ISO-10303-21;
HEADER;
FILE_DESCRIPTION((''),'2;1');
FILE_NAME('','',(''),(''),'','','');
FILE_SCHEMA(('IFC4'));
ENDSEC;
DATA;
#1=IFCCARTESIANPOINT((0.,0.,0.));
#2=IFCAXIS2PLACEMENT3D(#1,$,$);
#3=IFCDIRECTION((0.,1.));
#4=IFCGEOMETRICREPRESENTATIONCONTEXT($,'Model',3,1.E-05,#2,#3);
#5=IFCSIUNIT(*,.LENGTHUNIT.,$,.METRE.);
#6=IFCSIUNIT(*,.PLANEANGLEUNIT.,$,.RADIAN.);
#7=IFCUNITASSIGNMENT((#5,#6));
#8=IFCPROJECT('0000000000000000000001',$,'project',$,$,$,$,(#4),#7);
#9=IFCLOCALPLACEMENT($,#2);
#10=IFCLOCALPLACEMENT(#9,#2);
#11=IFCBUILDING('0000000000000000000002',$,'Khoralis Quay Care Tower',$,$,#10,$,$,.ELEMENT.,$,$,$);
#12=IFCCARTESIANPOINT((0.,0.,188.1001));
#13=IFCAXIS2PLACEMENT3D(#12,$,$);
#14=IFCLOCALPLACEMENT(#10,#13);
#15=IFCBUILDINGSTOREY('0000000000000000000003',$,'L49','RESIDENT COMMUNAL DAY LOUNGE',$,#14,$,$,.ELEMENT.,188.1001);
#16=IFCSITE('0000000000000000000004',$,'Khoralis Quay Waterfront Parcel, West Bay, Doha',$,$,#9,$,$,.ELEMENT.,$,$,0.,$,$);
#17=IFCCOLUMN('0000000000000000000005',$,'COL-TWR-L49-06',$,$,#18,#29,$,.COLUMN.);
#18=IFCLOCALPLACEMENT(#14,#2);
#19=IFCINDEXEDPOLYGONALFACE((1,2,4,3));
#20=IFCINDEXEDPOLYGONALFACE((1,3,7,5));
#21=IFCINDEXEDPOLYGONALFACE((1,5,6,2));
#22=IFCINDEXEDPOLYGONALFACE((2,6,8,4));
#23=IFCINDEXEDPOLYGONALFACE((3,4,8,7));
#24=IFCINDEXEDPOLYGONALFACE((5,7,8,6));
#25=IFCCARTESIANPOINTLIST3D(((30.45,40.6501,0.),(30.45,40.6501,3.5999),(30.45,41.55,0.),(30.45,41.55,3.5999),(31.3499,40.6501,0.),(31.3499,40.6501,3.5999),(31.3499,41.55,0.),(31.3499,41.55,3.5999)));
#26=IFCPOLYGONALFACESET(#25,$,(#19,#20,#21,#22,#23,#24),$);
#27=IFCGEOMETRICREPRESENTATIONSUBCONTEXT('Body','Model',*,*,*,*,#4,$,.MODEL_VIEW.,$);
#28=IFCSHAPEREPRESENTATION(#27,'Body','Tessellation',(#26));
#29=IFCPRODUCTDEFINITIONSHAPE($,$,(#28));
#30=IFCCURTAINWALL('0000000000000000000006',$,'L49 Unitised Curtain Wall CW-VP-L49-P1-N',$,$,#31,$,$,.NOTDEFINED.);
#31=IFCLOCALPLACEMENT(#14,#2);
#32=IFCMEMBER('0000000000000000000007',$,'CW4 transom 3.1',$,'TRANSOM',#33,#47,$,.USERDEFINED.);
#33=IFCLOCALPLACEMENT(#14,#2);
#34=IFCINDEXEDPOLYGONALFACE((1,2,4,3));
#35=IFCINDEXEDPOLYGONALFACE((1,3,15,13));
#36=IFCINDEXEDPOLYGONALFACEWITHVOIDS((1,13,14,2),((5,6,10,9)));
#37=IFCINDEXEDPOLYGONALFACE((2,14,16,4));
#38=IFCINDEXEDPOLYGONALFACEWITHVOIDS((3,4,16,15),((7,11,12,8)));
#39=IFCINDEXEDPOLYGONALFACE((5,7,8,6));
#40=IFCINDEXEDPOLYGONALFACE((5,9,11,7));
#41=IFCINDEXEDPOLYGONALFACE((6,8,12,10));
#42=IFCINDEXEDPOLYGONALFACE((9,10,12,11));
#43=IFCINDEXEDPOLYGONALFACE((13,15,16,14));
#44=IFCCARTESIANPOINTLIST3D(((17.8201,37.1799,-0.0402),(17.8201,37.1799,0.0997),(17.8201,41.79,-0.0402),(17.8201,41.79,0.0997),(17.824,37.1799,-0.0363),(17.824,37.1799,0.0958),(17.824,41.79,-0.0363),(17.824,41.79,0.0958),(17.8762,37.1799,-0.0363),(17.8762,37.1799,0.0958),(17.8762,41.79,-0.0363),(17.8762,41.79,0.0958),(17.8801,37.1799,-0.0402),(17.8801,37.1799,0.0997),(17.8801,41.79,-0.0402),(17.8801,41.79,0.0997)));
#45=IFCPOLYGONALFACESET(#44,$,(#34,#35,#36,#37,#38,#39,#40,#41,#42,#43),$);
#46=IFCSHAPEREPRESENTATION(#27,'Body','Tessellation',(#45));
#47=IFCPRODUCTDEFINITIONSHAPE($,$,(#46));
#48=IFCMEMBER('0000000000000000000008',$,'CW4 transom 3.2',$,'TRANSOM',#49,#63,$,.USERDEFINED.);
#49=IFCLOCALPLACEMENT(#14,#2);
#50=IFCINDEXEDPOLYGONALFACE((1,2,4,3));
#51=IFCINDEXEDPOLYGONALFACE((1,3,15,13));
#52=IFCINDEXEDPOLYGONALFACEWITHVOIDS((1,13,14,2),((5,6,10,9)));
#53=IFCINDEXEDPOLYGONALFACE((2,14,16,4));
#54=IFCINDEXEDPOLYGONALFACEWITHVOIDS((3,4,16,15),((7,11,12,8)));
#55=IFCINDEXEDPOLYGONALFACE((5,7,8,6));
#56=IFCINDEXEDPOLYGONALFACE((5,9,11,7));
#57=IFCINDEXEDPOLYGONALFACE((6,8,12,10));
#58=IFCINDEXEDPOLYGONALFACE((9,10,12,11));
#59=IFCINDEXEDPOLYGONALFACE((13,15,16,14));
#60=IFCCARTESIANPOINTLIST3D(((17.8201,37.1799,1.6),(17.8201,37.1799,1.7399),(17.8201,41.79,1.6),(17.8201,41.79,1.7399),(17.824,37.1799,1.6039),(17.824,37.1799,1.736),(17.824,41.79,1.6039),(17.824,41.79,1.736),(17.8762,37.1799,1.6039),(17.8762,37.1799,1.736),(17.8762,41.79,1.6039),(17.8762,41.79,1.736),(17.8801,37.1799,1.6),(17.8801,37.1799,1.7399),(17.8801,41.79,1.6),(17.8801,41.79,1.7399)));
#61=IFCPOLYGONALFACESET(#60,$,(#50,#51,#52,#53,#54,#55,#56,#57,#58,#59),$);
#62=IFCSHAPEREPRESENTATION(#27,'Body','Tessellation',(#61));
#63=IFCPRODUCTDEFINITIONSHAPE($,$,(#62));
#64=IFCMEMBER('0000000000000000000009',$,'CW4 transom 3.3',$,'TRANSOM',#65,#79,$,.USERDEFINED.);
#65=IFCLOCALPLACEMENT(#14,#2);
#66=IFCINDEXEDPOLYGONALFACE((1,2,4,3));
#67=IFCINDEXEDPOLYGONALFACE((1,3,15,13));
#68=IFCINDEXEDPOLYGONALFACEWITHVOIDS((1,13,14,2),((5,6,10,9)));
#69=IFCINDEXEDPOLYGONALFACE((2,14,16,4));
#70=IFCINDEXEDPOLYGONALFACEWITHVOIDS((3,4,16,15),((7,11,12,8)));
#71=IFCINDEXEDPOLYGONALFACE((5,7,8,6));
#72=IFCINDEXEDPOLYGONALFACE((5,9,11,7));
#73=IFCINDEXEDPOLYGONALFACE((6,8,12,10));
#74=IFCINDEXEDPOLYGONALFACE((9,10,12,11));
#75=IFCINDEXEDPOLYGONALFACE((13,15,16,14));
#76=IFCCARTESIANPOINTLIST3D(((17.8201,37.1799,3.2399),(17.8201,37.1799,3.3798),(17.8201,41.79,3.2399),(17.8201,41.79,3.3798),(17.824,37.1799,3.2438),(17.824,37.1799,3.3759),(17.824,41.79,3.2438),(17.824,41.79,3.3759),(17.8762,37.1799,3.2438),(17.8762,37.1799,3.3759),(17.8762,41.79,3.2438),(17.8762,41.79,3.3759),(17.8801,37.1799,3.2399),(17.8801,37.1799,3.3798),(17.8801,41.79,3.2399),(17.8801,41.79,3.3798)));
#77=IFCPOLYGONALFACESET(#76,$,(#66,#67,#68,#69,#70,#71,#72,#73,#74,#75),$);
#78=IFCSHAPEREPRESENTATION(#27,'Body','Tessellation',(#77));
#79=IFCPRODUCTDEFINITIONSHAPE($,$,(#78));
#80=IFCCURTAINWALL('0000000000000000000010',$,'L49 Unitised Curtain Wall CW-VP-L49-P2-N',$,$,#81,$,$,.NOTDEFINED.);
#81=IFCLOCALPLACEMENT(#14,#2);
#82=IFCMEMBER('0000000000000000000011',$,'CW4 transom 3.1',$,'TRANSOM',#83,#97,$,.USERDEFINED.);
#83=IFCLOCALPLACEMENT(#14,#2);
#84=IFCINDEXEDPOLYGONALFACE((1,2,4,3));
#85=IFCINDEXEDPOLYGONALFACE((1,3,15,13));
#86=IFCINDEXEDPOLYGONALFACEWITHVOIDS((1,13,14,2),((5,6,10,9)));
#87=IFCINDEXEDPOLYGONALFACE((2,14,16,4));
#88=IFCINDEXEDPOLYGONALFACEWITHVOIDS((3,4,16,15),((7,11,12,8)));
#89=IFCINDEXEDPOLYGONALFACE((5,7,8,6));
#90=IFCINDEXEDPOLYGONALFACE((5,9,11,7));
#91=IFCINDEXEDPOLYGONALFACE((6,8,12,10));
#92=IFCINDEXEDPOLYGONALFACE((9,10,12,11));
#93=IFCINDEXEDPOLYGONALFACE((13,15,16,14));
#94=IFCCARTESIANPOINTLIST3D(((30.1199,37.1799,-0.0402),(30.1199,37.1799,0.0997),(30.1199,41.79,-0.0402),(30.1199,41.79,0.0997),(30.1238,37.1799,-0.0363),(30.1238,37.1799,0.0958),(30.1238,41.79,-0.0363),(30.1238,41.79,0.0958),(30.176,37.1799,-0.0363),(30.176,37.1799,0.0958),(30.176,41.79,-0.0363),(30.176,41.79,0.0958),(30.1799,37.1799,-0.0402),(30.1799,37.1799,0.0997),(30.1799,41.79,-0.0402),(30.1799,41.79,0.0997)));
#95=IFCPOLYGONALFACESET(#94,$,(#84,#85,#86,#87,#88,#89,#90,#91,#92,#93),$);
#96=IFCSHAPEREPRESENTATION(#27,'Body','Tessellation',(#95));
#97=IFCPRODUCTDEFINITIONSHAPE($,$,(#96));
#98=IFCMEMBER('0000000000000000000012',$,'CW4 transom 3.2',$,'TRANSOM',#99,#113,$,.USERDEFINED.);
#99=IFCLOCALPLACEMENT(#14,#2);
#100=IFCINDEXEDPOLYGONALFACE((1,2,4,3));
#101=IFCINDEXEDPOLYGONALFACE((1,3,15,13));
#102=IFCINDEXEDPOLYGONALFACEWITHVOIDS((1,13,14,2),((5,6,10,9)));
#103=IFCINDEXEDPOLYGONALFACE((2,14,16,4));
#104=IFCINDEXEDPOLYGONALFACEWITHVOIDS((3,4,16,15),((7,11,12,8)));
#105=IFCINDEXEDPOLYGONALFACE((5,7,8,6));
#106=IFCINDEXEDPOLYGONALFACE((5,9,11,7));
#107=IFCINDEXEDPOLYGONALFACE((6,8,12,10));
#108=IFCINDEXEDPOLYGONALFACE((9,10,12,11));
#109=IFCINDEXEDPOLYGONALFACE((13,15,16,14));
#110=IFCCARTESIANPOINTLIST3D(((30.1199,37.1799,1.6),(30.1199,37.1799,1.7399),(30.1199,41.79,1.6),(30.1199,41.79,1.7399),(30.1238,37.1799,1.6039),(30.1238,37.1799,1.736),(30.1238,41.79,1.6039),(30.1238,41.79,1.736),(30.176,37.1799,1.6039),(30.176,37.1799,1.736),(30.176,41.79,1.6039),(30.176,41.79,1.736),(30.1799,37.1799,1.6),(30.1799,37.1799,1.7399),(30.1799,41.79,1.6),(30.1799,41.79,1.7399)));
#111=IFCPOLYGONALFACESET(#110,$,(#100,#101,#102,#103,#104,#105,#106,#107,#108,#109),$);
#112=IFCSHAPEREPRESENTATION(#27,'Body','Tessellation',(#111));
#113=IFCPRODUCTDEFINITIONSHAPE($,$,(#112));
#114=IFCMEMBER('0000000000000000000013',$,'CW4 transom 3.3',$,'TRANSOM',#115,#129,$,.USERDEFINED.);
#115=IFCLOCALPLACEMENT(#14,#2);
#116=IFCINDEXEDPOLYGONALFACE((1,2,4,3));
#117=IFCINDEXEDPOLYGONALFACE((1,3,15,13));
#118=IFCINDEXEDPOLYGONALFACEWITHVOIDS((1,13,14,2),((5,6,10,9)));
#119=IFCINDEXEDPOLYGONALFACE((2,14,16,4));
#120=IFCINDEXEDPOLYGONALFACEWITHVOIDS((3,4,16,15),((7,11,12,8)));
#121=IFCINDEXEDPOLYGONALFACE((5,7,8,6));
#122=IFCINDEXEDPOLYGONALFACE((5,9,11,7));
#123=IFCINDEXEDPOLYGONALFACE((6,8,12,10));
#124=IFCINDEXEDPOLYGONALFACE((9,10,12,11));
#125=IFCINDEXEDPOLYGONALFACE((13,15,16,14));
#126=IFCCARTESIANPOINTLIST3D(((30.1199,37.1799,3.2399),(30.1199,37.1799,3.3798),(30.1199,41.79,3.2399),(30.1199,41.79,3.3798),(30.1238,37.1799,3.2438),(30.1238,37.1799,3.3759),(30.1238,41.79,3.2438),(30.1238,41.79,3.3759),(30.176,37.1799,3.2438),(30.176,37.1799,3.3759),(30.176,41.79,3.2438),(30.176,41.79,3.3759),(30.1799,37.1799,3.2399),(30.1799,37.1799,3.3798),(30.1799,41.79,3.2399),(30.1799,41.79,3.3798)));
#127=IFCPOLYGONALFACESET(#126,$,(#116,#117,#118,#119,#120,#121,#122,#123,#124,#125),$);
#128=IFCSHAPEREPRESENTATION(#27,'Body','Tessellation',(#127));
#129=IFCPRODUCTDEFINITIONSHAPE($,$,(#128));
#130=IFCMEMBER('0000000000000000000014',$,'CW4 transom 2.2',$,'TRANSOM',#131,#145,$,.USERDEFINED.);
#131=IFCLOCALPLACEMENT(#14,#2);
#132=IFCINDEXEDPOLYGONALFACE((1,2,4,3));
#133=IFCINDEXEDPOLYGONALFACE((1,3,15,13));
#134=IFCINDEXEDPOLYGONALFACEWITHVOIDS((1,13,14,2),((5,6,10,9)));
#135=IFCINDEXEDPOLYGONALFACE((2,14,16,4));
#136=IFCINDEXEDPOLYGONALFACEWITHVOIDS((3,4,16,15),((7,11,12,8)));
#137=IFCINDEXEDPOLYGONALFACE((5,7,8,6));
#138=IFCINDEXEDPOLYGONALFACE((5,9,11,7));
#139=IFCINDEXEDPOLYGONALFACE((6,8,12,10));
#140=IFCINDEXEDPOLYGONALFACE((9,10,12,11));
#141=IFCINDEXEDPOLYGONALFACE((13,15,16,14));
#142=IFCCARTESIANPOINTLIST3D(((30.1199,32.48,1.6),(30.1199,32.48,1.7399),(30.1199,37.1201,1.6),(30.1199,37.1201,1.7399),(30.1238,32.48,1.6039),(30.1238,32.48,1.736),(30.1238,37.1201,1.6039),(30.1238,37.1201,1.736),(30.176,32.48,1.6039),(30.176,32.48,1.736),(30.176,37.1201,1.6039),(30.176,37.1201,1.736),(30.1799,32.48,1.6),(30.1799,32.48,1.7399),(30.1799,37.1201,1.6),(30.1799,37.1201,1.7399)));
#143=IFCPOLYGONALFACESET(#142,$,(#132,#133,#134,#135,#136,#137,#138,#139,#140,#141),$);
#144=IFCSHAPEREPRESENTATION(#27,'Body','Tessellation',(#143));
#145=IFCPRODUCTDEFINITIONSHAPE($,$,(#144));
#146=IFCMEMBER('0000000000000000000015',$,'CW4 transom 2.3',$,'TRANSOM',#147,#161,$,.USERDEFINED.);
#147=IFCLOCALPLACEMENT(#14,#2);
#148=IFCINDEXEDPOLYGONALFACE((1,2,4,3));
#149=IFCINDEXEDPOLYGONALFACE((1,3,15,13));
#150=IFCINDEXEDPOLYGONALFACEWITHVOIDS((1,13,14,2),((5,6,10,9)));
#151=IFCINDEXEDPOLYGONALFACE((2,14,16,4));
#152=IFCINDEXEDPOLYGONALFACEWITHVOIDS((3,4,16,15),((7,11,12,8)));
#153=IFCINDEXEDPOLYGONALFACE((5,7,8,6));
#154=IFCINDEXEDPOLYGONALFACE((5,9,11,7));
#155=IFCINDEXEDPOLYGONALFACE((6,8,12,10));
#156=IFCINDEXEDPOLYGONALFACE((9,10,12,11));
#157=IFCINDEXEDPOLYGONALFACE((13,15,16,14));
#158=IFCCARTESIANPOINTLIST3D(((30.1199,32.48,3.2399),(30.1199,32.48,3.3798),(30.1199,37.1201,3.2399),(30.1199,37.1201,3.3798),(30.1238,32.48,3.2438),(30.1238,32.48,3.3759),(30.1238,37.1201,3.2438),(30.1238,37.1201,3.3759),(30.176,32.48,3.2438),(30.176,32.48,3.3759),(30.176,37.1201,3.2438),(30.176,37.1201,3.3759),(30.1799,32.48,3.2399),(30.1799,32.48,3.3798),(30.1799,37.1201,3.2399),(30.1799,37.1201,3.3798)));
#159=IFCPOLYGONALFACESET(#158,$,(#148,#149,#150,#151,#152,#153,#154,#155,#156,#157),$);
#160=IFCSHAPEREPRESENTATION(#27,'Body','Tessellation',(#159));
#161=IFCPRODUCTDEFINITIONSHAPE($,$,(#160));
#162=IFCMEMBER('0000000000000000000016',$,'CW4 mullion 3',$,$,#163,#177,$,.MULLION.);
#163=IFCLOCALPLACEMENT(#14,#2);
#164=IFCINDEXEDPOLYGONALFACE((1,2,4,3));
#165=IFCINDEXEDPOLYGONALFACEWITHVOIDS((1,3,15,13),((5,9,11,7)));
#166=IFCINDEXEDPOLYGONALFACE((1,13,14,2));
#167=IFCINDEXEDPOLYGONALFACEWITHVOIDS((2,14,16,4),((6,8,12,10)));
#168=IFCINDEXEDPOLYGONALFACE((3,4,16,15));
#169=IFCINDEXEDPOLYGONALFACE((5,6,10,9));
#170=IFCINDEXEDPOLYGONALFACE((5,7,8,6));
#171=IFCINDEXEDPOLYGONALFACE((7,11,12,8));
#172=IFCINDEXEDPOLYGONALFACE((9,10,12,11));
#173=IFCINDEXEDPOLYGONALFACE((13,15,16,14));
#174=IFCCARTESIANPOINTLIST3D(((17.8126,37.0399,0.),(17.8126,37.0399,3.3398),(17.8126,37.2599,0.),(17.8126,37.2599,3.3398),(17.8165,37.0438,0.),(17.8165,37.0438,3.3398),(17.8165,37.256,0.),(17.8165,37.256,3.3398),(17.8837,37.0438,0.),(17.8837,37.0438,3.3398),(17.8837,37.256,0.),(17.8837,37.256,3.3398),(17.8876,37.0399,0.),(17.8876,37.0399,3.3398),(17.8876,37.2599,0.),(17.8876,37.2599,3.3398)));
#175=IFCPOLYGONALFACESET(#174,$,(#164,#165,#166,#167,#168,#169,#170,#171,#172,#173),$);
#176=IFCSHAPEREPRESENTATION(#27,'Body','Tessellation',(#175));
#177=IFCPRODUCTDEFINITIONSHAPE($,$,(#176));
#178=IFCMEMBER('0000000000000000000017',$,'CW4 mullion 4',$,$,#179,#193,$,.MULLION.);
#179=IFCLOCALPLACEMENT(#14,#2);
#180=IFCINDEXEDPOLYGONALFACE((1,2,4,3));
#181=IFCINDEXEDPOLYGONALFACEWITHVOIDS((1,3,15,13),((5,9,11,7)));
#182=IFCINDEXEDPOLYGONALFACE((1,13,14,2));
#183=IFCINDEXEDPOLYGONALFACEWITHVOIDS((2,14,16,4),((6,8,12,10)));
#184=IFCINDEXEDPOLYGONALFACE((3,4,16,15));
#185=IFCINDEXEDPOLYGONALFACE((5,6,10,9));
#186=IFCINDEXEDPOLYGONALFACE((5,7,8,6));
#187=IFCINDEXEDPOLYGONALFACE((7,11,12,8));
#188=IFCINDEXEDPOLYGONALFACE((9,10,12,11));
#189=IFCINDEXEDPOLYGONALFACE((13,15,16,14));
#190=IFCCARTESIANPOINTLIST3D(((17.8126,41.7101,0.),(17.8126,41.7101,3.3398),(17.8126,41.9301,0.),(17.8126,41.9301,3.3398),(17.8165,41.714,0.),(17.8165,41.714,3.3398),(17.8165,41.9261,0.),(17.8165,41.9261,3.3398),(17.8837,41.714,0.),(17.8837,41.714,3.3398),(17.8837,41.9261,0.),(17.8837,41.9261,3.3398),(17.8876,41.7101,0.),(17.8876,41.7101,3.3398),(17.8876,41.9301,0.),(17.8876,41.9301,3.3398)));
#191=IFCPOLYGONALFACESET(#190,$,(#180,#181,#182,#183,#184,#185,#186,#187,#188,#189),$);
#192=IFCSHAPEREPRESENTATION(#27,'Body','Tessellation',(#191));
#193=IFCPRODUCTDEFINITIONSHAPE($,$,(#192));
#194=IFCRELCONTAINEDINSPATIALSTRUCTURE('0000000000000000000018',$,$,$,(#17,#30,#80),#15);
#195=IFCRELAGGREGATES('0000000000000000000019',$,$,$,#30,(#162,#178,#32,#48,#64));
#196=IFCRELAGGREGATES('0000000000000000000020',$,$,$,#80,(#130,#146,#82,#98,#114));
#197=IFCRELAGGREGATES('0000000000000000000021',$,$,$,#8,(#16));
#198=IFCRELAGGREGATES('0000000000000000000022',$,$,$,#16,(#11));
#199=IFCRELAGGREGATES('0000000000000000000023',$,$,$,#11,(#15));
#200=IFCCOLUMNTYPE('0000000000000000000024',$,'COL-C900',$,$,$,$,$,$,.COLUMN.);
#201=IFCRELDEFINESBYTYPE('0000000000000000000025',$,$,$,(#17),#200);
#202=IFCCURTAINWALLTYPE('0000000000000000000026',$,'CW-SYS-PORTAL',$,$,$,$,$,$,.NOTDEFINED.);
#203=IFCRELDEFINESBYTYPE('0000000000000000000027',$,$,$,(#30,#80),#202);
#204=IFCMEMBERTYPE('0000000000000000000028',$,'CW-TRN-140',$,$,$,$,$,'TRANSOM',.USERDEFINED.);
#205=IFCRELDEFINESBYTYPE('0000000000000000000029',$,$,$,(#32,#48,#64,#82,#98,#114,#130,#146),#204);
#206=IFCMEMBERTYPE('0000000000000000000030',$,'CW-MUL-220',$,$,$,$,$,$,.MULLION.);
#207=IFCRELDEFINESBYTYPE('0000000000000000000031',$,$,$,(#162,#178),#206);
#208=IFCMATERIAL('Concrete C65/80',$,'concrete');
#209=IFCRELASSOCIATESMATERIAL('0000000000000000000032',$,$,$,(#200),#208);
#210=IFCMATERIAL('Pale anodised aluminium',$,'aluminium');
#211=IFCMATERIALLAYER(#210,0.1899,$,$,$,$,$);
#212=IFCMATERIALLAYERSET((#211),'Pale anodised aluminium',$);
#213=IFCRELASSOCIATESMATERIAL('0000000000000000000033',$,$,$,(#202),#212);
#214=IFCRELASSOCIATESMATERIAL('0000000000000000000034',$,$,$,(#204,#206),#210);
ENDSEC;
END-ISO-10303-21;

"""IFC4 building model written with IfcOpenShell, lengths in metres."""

from ifc_helpers import new_model, si_unit, direction, frame, origin, origin_2d, place, context, subcontext, project, spatial, rectangle, hollow_rectangle, extrude, source, transform, mapped, material, layer, layer_set, material_profile, profile_set, type_object, element, aggregate, save


model = new_model("IFC4")

# Units and contexts
model_context = context("Model", 3, precision=1e-05, world=origin(), true_north=direction((0.0, 1.0)))
body_context = subcontext(model_context, "Body", "Model", "MODEL_VIEW")
ifc_project = project(units=[si_unit("LENGTHUNIT", "METRE"), si_unit("PLANEANGLEUNIT", "RADIAN")], contexts=[model_context])

# Site, building, storey
site_placement = place(None, origin())
site = spatial("IfcSite", under=ifc_project, at=site_placement, Name="Khoralis Quay Waterfront Parcel, West Bay, Doha", CompositionType="ELEMENT", RefElevation=0.0)
building_placement = place(site_placement, origin())
building = spatial("IfcBuilding", under=site, at=building_placement, Name="Khoralis Quay Care Tower", CompositionType="ELEMENT")
storey_placement = place(building_placement, frame((0.0, 0.0, 188.1001)))
storey = spatial("IfcBuildingStorey", under=building, at=storey_placement, Name="L49", Description="RESIDENT COMMUNAL DAY LOUNGE", CompositionType="ELEMENT", Elevation=188.1001)

# Column
ifc_material_1 = material(Name="Concrete C65/80", Category="concrete")
ifc_material_profile_1 = material_profile(ifc_material_1, rectangle(XDim=0.8999, YDim=0.8999, at=origin_2d()), Name="Concrete C65/80")
ifc_profile_set_1 = profile_set([ifc_material_profile_1], Name="Concrete C65/80")
column_type = type_object("IfcColumnType", Name="COL-C900", PredefinedType="COLUMN", material=ifc_profile_set_1)
shared_shape_1 = source(origin(), body_context, "Body", "SweptSolid", [
    extrude(rectangle(XDim=0.8999, YDim=0.8999, at=origin_2d()), origin(), (0.0, 0.0, 1.0), 3.5999),
])
column_placement = place(storey_placement, frame((30.8999, 41.1001, 0.0), z_axis=(0.0, 0.0, 1.0), x_axis=(1.0, 0.0, 0.0)))
element("IfcColumn", 1, at=column_placement, inside=storey, type_object=column_type, Name="COL-TWR-L49-06", PredefinedType="COLUMN", context=body_context, shape_type="MappedRepresentation", body=[
    mapped(shared_shape_1, transform((0.0, 0.0, 0.0), scale=1.0)),
])

# Curtain walls, members
ifc_material_2 = material(Name="Pale anodised aluminium", Category="aluminium")
ifc_layer_1 = layer(ifc_material_2, 0.1899)
ifc_layer_set_1 = layer_set([ifc_layer_1], Name="Pale anodised aluminium")
curtain_wall_type = type_object("IfcCurtainWallType", Name="CW-SYS-PORTAL", PredefinedType="NOTDEFINED", material=ifc_layer_set_1)
curtain_wall_1_placement = place(storey_placement, origin())
curtain_wall_1 = element("IfcCurtainWall", 2, at=curtain_wall_1_placement, inside=storey, type_object=curtain_wall_type, Name="L49 Unitised Curtain Wall CW-VP-L49-P1-N", PredefinedType="NOTDEFINED")
ifc_material_profile_2 = material_profile(ifc_material_2, hollow_rectangle(XDim=0.0601, YDim=0.1399, WallThickness=0.0039, at=origin_2d()), Name="Pale anodised aluminium")
ifc_profile_set_2 = profile_set([ifc_material_profile_2], Name="Pale anodised aluminium")
member_type_1 = type_object("IfcMemberType", Name="CW-TRN-140", ElementType="TRANSOM", PredefinedType="USERDEFINED", material=ifc_profile_set_2)
shared_shape_2 = source(origin(), body_context, "Body", "SweptSolid", [
    extrude(hollow_rectangle(XDim=0.0601, YDim=0.1399, WallThickness=0.0039, at=origin_2d()), origin(), (0.0, 0.0, 1.0), 4.6101),
])
member_1_placement = place(storey_placement, frame((17.8501, 37.1799, 0.0298), z_axis=(0.0, 1.0, 0.0), x_axis=(-1.0, 0.0, 0.0)))
member_1 = element("IfcMember", 3, at=member_1_placement, type_object=member_type_1, Name="CW4 transom 3.1", ObjectType="TRANSOM", PredefinedType="USERDEFINED", context=body_context, shape_type="MappedRepresentation", body=[
    mapped(shared_shape_2, transform((0.0, 0.0, 0.0), scale=1.0)),
])
member_2_placement = place(storey_placement, frame((17.8501, 37.1799, 1.6699), z_axis=(0.0, 1.0, 0.0), x_axis=(-1.0, 0.0, 0.0)))
member_2 = element("IfcMember", 4, at=member_2_placement, type_object=member_type_1, Name="CW4 transom 3.2", ObjectType="TRANSOM", PredefinedType="USERDEFINED", context=body_context, shape_type="MappedRepresentation", body=[
    mapped(shared_shape_2, transform((0.0, 0.0, 0.0), scale=1.0)),
])
member_3_placement = place(storey_placement, frame((17.8501, 37.1799, 3.3098), z_axis=(0.0, 1.0, 0.0), x_axis=(-1.0, 0.0, 0.0)))
member_3 = element("IfcMember", 5, at=member_3_placement, type_object=member_type_1, Name="CW4 transom 3.3", ObjectType="TRANSOM", PredefinedType="USERDEFINED", context=body_context, shape_type="MappedRepresentation", body=[
    mapped(shared_shape_2, transform((0.0, 0.0, 0.0), scale=1.0)),
])
curtain_wall_2_placement = place(storey_placement, origin())
curtain_wall_2 = element("IfcCurtainWall", 6, at=curtain_wall_2_placement, inside=storey, type_object=curtain_wall_type, Name="L49 Unitised Curtain Wall CW-VP-L49-P2-N", PredefinedType="NOTDEFINED")
member_4_placement = place(storey_placement, frame((30.1499, 37.1799, 0.0298), z_axis=(0.0, 1.0, 0.0), x_axis=(-1.0, 0.0, 0.0)))
member_4 = element("IfcMember", 7, at=member_4_placement, type_object=member_type_1, Name="CW4 transom 3.1", ObjectType="TRANSOM", PredefinedType="USERDEFINED", context=body_context, shape_type="MappedRepresentation", body=[
    mapped(shared_shape_2, transform((0.0, 0.0, 0.0), scale=1.0)),
])
member_5_placement = place(storey_placement, frame((30.1499, 37.1799, 1.6699), z_axis=(0.0, 1.0, 0.0), x_axis=(-1.0, 0.0, 0.0)))
member_5 = element("IfcMember", 8, at=member_5_placement, type_object=member_type_1, Name="CW4 transom 3.2", ObjectType="TRANSOM", PredefinedType="USERDEFINED", context=body_context, shape_type="MappedRepresentation", body=[
    mapped(shared_shape_2, transform((0.0, 0.0, 0.0), scale=1.0)),
])
member_6_placement = place(storey_placement, frame((30.1499, 37.1799, 3.3098), z_axis=(0.0, 1.0, 0.0), x_axis=(-1.0, 0.0, 0.0)))
member_6 = element("IfcMember", 9, at=member_6_placement, type_object=member_type_1, Name="CW4 transom 3.3", ObjectType="TRANSOM", PredefinedType="USERDEFINED", context=body_context, shape_type="MappedRepresentation", body=[
    mapped(shared_shape_2, transform((0.0, 0.0, 0.0), scale=1.0)),
])
shared_shape_3 = source(origin(), body_context, "Body", "SweptSolid", [
    extrude(hollow_rectangle(XDim=0.0601, YDim=0.1399, WallThickness=0.0039, at=origin_2d()), origin(), (0.0, 0.0, 1.0), 4.6401),
])
member_7_placement = place(storey_placement, frame((30.1499, 32.48, 1.6699), z_axis=(0.0, 1.0, 0.0), x_axis=(-1.0, 0.0, 0.0)))
member_7 = element("IfcMember", 10, at=member_7_placement, type_object=member_type_1, Name="CW4 transom 2.2", ObjectType="TRANSOM", PredefinedType="USERDEFINED", context=body_context, shape_type="MappedRepresentation", body=[
    mapped(shared_shape_3, transform((0.0, 0.0, 0.0), scale=1.0)),
])
member_8_placement = place(storey_placement, frame((30.1499, 32.48, 3.3098), z_axis=(0.0, 1.0, 0.0), x_axis=(-1.0, 0.0, 0.0)))
member_8 = element("IfcMember", 11, at=member_8_placement, type_object=member_type_1, Name="CW4 transom 2.3", ObjectType="TRANSOM", PredefinedType="USERDEFINED", context=body_context, shape_type="MappedRepresentation", body=[
    mapped(shared_shape_3, transform((0.0, 0.0, 0.0), scale=1.0)),
])

# Members
ifc_material_profile_3 = material_profile(ifc_material_2, hollow_rectangle(XDim=0.075, YDim=0.22, WallThickness=0.0039, at=origin_2d()), Name="Pale anodised aluminium")
ifc_profile_set_3 = profile_set([ifc_material_profile_3], Name="Pale anodised aluminium")
member_type_2 = type_object("IfcMemberType", Name="CW-MUL-220", PredefinedType="MULLION", material=ifc_profile_set_3)
shared_shape_4 = source(origin(), body_context, "Body", "SweptSolid", [
    extrude(hollow_rectangle(XDim=0.075, YDim=0.22, WallThickness=0.0039, at=origin_2d()), origin(), (0.0, 0.0, 1.0), 3.3398),
])
member_9_placement = place(storey_placement, frame((17.8501, 37.1499, 0.0), z_axis=(0.0, 0.0, 1.0), x_axis=(-1.0, 0.0, 0.0)))
member_9 = element("IfcMember", 12, at=member_9_placement, type_object=member_type_2, Name="CW4 mullion 3", PredefinedType="MULLION", context=body_context, shape_type="MappedRepresentation", body=[
    mapped(shared_shape_4, transform((0.0, 0.0, 0.0), scale=1.0)),
])
member_10_placement = place(storey_placement, frame((17.8501, 41.8201, 0.0), z_axis=(0.0, 0.0, 1.0), x_axis=(-1.0, 0.0, 0.0)))
member_10 = element("IfcMember", 13, at=member_10_placement, type_object=member_type_2, Name="CW4 mullion 4", PredefinedType="MULLION", context=body_context, shape_type="MappedRepresentation", body=[
    mapped(shared_shape_4, transform((0.0, 0.0, 0.0), scale=1.0)),
])

aggregate(curtain_wall_1, [member_9, member_10, member_1, member_2, member_3])
aggregate(curtain_wall_2, [member_7, member_8, member_4, member_5, member_6])

save(model, "model.ifc")
